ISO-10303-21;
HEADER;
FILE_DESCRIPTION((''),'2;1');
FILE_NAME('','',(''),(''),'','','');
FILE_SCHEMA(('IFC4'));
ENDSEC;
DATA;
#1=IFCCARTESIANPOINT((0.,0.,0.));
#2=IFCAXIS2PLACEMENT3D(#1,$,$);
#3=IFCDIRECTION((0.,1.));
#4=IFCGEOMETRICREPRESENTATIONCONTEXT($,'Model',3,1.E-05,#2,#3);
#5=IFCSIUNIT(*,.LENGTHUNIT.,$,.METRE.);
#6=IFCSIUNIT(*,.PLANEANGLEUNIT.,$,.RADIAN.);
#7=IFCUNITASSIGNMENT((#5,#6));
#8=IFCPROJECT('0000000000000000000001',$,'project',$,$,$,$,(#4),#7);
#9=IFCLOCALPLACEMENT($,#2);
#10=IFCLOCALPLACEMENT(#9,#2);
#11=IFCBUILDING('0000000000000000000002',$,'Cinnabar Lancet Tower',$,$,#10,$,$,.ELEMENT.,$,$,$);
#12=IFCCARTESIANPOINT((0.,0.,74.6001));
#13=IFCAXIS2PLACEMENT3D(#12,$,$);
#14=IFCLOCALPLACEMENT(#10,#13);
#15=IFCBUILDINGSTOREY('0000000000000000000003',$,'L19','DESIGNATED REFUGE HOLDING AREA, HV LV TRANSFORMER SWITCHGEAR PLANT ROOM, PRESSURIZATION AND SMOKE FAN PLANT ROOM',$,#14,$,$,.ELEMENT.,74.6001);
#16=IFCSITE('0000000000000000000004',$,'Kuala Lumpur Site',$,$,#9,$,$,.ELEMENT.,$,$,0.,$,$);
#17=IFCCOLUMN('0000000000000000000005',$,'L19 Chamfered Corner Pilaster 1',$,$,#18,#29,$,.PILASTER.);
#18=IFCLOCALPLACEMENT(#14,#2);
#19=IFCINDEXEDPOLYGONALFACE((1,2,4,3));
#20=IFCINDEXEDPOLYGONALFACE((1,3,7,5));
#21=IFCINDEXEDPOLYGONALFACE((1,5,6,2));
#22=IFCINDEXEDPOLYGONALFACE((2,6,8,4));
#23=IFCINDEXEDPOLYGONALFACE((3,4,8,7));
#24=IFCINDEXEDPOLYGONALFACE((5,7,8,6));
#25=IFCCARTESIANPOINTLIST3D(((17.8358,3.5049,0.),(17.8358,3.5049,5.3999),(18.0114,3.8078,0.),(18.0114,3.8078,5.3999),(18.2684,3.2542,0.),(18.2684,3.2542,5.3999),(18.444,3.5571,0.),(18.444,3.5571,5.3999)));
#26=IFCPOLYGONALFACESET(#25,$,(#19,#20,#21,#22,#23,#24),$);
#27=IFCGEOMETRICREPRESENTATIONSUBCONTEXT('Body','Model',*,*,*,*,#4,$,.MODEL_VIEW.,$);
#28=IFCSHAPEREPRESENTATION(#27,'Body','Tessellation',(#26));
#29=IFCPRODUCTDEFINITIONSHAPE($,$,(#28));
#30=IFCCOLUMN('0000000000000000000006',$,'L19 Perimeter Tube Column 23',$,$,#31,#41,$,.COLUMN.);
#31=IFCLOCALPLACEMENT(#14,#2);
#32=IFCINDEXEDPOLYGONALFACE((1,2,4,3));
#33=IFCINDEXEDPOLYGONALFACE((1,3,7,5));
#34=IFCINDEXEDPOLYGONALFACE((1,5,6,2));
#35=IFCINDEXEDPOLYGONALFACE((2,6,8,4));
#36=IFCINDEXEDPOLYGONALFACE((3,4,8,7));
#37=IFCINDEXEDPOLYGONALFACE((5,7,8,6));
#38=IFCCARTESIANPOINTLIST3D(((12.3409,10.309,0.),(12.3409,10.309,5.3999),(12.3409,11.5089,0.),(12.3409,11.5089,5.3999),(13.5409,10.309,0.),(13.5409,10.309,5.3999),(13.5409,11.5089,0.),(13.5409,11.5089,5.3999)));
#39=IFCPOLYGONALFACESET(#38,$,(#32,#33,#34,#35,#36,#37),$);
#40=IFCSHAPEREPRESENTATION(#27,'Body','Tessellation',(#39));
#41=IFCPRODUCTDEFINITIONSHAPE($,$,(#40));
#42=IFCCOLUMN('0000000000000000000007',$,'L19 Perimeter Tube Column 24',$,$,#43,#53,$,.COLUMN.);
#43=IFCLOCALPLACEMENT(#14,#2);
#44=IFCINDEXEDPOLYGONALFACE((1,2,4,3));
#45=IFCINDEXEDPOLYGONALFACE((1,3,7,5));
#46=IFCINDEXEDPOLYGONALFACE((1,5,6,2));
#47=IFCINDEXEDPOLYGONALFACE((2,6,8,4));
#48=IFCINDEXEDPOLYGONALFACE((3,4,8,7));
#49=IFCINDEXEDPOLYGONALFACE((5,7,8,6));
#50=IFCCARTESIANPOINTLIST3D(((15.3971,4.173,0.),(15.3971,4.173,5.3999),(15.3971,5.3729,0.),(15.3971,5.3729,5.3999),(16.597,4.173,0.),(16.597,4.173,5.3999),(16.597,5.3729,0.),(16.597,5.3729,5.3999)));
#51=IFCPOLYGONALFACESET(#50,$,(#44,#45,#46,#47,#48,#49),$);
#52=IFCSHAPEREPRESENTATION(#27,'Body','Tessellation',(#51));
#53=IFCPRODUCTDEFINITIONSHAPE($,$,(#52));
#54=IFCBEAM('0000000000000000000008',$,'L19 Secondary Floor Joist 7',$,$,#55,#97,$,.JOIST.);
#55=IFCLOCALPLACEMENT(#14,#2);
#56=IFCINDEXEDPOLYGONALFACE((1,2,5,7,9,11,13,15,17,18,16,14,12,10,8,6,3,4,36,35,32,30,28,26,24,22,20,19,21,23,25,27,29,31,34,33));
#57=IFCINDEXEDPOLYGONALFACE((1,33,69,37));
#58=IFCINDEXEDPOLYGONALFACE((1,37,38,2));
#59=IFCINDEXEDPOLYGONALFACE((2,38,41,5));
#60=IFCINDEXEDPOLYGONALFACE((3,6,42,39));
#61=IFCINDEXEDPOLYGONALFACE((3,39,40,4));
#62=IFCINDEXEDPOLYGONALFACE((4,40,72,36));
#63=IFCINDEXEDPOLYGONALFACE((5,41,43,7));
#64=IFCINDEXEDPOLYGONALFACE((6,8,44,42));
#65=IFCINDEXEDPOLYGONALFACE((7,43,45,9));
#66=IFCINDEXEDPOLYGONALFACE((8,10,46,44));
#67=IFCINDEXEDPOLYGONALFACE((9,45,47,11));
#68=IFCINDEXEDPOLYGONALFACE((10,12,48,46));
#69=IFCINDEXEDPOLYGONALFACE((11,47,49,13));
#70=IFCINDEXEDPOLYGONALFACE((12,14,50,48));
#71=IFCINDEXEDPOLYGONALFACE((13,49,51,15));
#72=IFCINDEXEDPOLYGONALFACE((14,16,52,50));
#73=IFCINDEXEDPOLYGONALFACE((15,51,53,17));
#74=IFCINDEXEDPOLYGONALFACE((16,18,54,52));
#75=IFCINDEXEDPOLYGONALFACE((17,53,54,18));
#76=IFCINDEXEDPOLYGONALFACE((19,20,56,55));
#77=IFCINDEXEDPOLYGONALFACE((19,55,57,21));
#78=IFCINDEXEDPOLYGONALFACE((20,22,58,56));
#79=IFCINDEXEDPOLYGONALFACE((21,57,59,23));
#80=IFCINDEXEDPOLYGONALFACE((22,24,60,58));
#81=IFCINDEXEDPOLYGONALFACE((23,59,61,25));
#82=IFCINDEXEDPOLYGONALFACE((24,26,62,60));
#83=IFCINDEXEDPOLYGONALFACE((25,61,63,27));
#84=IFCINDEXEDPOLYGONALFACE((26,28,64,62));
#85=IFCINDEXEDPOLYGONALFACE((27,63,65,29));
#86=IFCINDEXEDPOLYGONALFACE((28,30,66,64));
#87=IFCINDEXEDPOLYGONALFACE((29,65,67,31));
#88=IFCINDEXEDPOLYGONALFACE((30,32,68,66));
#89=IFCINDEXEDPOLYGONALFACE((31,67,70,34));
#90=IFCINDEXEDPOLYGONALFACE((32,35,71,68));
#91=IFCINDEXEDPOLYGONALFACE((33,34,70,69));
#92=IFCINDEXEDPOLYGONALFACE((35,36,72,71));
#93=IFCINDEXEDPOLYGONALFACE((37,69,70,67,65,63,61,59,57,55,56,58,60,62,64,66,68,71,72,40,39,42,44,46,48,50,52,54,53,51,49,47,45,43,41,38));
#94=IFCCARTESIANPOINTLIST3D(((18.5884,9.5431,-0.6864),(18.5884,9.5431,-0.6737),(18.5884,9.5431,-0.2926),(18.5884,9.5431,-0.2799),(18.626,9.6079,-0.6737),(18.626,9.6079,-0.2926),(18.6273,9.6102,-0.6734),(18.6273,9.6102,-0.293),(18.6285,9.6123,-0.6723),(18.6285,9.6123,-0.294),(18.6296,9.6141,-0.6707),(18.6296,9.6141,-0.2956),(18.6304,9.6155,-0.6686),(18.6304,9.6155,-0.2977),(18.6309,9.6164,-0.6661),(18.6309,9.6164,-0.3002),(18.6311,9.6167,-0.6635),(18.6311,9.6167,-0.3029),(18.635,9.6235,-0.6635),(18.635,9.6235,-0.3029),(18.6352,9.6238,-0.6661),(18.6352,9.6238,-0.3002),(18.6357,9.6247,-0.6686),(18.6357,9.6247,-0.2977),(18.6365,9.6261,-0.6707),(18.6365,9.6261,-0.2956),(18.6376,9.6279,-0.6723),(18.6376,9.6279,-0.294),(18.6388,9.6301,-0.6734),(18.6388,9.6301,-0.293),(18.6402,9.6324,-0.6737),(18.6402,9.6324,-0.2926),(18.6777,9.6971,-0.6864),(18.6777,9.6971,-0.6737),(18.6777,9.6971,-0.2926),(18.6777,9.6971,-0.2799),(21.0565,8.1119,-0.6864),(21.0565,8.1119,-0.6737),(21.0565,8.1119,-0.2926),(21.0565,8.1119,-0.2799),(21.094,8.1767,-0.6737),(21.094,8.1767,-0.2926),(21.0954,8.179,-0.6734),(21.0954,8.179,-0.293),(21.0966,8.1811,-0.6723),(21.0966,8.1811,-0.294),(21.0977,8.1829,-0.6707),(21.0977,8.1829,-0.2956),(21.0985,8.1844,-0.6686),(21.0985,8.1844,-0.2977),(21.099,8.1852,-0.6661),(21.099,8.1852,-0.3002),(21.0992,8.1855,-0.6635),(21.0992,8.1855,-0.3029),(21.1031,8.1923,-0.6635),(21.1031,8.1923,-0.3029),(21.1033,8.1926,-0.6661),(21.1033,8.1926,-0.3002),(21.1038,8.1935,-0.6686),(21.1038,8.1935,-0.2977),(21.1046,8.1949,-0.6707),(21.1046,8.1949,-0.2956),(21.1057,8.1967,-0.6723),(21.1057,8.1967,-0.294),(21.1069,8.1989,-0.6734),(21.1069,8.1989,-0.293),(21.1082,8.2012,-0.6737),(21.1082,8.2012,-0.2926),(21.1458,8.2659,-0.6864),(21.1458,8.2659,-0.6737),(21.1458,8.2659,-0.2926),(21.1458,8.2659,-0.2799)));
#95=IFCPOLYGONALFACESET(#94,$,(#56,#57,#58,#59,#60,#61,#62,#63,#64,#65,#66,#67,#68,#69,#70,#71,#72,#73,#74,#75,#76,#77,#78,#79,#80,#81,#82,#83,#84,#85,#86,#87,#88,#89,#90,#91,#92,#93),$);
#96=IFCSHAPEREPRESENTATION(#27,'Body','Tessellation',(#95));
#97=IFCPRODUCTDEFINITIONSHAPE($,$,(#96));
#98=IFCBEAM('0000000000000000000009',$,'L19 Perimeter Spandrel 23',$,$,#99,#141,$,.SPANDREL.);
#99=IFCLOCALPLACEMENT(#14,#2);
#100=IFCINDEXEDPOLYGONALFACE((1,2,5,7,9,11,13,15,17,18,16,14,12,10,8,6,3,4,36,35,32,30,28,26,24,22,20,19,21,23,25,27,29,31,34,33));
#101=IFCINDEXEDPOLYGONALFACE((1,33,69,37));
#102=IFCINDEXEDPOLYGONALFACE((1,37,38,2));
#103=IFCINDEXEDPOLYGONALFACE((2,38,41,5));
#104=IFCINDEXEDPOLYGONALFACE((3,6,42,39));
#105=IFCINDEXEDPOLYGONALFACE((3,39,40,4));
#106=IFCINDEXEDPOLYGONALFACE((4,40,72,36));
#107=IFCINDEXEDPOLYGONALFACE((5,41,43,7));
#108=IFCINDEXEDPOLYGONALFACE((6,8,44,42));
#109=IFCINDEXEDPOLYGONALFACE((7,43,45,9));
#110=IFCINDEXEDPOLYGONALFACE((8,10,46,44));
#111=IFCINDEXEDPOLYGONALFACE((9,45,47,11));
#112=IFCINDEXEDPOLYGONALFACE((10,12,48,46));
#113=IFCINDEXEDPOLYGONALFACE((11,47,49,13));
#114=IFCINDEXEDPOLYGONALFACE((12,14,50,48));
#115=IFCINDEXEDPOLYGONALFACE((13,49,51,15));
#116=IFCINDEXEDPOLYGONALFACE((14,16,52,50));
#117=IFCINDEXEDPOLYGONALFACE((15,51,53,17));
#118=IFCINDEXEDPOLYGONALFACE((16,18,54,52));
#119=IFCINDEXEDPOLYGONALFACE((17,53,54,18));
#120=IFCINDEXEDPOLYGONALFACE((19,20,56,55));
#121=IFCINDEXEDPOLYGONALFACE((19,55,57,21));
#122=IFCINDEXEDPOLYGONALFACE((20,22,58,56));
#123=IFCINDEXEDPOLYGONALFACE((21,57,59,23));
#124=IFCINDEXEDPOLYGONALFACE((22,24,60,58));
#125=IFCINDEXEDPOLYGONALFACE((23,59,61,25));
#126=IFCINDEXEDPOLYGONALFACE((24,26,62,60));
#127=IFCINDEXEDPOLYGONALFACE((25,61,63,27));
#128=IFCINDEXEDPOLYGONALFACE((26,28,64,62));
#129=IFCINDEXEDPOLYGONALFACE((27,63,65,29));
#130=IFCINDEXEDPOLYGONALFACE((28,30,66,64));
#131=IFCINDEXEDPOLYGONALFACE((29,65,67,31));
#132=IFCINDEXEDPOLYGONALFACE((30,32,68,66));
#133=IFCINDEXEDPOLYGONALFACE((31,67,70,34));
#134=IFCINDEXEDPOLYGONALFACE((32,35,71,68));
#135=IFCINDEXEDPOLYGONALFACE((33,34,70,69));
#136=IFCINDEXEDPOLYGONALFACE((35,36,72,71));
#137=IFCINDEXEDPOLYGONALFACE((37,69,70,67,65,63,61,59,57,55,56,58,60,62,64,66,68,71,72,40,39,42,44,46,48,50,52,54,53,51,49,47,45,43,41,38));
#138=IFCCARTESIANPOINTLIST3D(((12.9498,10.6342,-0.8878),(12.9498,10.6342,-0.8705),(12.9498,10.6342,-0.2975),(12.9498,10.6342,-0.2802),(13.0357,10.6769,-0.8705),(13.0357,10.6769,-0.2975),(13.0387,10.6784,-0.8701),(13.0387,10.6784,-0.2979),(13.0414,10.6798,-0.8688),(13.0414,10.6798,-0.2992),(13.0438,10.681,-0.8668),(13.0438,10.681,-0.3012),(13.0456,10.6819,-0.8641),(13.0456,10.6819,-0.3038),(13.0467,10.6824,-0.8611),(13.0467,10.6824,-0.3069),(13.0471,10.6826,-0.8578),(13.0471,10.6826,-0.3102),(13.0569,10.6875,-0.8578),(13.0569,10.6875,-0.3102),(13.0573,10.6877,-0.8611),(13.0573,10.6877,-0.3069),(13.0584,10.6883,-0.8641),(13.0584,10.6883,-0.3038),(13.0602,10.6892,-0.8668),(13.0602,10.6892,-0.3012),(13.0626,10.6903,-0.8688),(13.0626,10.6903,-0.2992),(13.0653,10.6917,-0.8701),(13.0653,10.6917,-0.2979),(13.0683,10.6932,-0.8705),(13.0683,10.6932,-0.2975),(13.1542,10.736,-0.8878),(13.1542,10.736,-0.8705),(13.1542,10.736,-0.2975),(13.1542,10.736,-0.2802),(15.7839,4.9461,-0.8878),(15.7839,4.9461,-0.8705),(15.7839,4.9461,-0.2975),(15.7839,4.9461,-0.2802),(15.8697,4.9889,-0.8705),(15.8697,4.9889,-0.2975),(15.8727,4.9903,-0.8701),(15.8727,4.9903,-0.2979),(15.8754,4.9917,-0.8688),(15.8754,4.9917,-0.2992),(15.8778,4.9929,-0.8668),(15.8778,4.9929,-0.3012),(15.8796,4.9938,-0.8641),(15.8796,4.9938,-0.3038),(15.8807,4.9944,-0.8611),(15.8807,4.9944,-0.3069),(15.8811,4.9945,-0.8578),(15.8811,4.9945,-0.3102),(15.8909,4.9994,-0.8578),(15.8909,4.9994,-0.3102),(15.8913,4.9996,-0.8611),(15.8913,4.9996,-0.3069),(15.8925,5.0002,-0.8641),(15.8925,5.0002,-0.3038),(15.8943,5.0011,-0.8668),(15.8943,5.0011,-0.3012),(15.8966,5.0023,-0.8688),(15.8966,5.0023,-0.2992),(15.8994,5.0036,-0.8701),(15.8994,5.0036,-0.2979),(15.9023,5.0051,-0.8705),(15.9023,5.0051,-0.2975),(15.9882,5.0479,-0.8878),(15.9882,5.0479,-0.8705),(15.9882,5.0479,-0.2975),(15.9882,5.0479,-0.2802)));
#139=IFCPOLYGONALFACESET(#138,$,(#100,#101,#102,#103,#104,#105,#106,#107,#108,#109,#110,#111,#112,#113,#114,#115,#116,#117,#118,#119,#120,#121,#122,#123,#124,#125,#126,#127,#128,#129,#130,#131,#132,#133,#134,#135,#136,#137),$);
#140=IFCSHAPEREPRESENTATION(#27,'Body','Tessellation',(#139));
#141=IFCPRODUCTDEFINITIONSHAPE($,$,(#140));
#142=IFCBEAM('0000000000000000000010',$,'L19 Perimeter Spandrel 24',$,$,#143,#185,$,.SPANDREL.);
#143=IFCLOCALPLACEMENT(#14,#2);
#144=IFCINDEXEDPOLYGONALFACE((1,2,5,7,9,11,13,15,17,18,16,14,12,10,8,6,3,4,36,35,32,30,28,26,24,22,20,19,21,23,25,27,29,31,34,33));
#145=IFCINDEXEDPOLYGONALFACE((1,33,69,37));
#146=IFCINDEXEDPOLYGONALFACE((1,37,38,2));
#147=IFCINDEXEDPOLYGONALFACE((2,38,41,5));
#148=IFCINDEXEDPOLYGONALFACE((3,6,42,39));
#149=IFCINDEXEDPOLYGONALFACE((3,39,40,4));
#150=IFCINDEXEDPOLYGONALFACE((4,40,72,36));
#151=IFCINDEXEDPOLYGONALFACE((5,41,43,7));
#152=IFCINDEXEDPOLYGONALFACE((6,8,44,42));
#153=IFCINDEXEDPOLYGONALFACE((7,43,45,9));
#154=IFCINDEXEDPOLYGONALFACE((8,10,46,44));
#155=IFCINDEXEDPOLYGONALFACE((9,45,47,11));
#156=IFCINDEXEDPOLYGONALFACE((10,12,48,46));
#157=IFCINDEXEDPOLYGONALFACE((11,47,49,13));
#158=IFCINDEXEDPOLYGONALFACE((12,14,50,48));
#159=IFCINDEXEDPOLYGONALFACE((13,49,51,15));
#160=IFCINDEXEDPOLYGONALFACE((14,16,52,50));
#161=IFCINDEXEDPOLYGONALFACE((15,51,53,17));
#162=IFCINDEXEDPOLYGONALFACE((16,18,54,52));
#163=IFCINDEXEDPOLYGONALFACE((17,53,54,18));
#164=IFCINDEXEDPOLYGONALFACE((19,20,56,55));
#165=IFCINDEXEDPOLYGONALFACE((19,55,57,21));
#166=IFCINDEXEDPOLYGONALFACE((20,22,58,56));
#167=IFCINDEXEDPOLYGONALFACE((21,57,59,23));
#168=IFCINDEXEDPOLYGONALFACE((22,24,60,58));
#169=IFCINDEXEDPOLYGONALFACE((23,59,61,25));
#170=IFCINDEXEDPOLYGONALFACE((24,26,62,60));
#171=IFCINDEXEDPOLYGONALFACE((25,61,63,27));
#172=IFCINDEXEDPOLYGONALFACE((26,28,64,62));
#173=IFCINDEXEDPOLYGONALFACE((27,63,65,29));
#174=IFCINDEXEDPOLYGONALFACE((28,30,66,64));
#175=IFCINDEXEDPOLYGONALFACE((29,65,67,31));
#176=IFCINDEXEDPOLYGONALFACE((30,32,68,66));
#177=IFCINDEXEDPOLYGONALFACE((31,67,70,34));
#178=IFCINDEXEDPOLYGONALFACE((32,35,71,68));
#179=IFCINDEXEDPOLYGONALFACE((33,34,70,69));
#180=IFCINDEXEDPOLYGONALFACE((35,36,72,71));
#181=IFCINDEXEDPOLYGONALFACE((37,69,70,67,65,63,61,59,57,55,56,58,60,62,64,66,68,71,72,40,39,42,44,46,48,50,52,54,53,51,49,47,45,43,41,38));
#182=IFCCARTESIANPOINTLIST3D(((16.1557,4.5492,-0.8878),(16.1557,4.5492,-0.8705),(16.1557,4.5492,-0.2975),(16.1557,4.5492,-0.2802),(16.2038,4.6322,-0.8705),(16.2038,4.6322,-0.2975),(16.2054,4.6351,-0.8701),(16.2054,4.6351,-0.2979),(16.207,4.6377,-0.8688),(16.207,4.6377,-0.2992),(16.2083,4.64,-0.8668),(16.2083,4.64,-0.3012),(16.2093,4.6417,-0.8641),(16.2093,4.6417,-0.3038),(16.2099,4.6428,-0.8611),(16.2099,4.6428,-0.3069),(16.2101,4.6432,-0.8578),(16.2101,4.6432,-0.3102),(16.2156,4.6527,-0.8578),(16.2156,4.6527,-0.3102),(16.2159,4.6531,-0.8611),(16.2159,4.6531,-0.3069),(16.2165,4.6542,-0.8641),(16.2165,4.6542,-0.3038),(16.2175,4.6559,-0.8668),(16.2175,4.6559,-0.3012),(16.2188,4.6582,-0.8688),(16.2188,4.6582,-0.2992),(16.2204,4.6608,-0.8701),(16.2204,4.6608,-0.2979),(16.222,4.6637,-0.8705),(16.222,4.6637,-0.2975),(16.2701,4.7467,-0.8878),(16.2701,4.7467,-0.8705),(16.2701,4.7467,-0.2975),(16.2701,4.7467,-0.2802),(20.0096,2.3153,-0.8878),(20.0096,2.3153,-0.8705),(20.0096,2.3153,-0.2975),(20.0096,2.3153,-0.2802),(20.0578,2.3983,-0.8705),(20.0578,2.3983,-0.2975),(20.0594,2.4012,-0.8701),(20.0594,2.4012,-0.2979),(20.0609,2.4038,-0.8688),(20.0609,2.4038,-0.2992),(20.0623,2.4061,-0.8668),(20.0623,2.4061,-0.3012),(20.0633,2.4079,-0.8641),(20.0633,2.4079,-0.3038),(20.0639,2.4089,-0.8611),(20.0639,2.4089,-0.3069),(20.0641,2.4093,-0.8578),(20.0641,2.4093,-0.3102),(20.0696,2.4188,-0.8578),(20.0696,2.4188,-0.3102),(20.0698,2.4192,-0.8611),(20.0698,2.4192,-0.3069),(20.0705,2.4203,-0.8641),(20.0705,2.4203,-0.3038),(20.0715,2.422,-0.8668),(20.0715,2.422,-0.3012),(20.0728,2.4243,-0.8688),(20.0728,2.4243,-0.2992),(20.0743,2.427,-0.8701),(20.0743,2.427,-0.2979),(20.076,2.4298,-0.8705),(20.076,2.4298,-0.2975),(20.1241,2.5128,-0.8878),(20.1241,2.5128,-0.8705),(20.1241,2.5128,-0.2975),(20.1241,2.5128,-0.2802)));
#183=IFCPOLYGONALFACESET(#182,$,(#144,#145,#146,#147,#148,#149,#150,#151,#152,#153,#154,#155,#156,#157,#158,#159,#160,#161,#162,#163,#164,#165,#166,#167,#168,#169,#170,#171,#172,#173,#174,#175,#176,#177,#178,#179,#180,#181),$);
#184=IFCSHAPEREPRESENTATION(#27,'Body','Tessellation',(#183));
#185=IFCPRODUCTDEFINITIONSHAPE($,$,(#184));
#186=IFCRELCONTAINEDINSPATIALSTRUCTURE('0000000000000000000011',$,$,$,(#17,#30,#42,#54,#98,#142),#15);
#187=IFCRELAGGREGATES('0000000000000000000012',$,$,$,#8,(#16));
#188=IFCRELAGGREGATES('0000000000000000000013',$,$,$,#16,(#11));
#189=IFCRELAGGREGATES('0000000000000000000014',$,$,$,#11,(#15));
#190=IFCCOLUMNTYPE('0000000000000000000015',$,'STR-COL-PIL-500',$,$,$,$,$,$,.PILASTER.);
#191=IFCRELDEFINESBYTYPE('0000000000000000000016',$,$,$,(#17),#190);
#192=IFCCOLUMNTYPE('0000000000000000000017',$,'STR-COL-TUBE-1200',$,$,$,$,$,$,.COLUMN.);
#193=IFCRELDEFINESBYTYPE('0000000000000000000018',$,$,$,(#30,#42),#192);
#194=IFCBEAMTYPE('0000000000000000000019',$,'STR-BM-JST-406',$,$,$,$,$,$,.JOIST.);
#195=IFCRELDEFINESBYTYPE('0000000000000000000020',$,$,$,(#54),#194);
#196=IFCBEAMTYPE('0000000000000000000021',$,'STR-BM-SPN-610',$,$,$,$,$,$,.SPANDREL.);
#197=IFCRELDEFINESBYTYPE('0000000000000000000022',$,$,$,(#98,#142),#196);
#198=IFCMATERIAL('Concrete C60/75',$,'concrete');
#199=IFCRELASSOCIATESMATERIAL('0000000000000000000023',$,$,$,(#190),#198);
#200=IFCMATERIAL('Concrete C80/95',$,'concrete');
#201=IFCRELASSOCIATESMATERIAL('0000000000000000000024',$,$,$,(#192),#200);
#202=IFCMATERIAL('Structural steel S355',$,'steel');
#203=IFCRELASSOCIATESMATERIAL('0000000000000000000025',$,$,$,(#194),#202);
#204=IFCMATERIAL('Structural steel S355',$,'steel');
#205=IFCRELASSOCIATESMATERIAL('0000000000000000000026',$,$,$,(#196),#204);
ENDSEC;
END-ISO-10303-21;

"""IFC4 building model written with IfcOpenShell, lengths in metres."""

from ifc_helpers import new_model, si_unit, direction, frame, origin, origin_2d, place, context, subcontext, project, spatial, rectangle, i_section, extrude, material, material_profile, profile_set, type_object, element, save


model = new_model("IFC4")

# Units and contexts
model_context = context("Model", 3, precision=1e-05, world=origin(), true_north=direction((0.0, 1.0)))
body_context = subcontext(model_context, "Body", "Model", "MODEL_VIEW")
ifc_project = project(units=[si_unit("LENGTHUNIT", "METRE"), si_unit("PLANEANGLEUNIT", "RADIAN")], contexts=[model_context])

# Site, building, storey
site_placement = place(None, origin())
site = spatial("IfcSite", under=ifc_project, at=site_placement, Name="Kuala Lumpur Site", CompositionType="ELEMENT", RefElevation=0.0)
building_placement = place(site_placement, origin())
building = spatial("IfcBuilding", under=site, at=building_placement, Name="Cinnabar Lancet Tower", CompositionType="ELEMENT")
storey_placement = place(building_placement, frame((0.0, 0.0, 74.6001)))
storey = spatial("IfcBuildingStorey", under=building, at=storey_placement, Name="L19", Description="DESIGNATED REFUGE HOLDING AREA, HV LV TRANSFORMER SWITCHGEAR PLANT ROOM, PRESSURIZATION AND SMOKE FAN PLANT ROOM", CompositionType="ELEMENT", Elevation=74.6001)

# Columns
ifc_material_1 = material(Name="Concrete C60/75", Category="concrete")
ifc_material_profile_1 = material_profile(ifc_material_1, rectangle(XDim=0.5, YDim=0.3501, at=origin_2d()), Name="RC-PIL 500x350")
ifc_profile_set_1 = profile_set([ifc_material_profile_1], Name="Concrete C60/75")
column_type_1 = type_object("IfcColumnType", Name="STR-COL-PIL-500", PredefinedType="PILASTER", material=ifc_profile_set_1)
column_placement = place(storey_placement, frame((18.1399, 3.531, 0.0), z_axis=(0.0, 0.0, 1.0), x_axis=(0.865195, -0.501435, 0.0)))
element("IfcColumn", 1, at=column_placement, inside=storey, type_object=column_type_1, Name="L19 Chamfered Corner Pilaster 1", PredefinedType="PILASTER", context=body_context, shape_type="SweptSolid", body=[
    extrude(rectangle(XDim=0.5, YDim=0.3501, at=origin_2d()), origin(), (0.0, 0.0, 1.0), 5.3999),
])
ifc_material_2 = material(Name="Concrete C80/95", Category="concrete")
ifc_material_profile_2 = material_profile(ifc_material_2, rectangle(XDim=1.2, YDim=1.2, at=origin_2d()), Name="RC-COL 1200x1200")
ifc_profile_set_2 = profile_set([ifc_material_profile_2], Name="Concrete C80/95")
column_type_2 = type_object("IfcColumnType", Name="STR-COL-TUBE-1200", PredefinedType="COLUMN", material=ifc_profile_set_2)
for number, where, z_axis, x_axis, name in (
    (2, (12.9409, 10.9089, 0.0), (0.0, 0.0, 1.0), (1.0, 0.0, 0.0), "L19 Perimeter Tube Column 23"),
    (3, (15.9971, 4.7729, 0.0), (0.0, 0.0, 1.0), (1.0, 0.0, 0.0), "L19 Perimeter Tube Column 24"),
):
    element("IfcColumn", number, at=place(storey_placement, frame(where, z_axis=z_axis, x_axis=x_axis)), inside=storey, type_object=column_type_2, Name=name, PredefinedType="COLUMN", context=body_context, shape_type="SweptSolid", body=[
        extrude(rectangle(XDim=1.2, YDim=1.2, at=origin_2d()), origin(), (0.0, 0.0, 1.0), 5.3999),
    ])

# Beams
ifc_material_3 = material(Name="Structural steel S355", Category="steel")
ifc_material_profile_3 = material_profile(ifc_material_3, i_section(OverallWidth=0.178, OverallDepth=0.4065, WebThickness=0.0078, FlangeThickness=0.0127, FilletRadius=0.0103, at=origin_2d()), Name="UKB 406x178x60")
ifc_profile_set_3 = profile_set([ifc_material_profile_3], Name="Structural steel S355")
beam_type_1 = type_object("IfcBeamType", Name="STR-BM-JST-406", PredefinedType="JOIST", material=ifc_profile_set_3)
beam_1_placement = place(storey_placement, frame((18.6331, 9.6201, -0.4832), z_axis=(0.865076, -0.50164, 0.0), x_axis=(0.50164, 0.865076, 0.0)))
element("IfcBeam", 4, at=beam_1_placement, inside=storey, type_object=beam_type_1, Name="L19 Secondary Floor Joist 7", PredefinedType="JOIST", context=body_context, shape_type="SweptSolid", body=[
    extrude(i_section(OverallWidth=0.178, OverallDepth=0.4065, WebThickness=0.0078, FlangeThickness=0.0127, FilletRadius=0.0103, at=origin_2d()), origin(), (0.0, 0.0, 1.0), 2.853),
])
ifc_material_4 = material(Name="Structural steel S355", Category="steel")
ifc_material_profile_4 = material_profile(ifc_material_4, i_section(OverallWidth=0.2283, OverallDepth=0.6077, WebThickness=0.011, FlangeThickness=0.0173, FilletRadius=0.0127, at=origin_2d()), Name="UKB 610x229x113")
ifc_profile_set_4 = profile_set([ifc_material_profile_4], Name="Structural steel S355")
beam_type_2 = type_object("IfcBeamType", Name="STR-BM-SPN-610", PredefinedType="SPANDREL", material=ifc_profile_set_4)
beam_2_placement = place(storey_placement, frame((13.052, 10.6851, -0.584), z_axis=(0.445953, -0.895056, 0.0), x_axis=(0.895056, 0.445953, 0.0)))
element("IfcBeam", 5, at=beam_2_placement, inside=storey, type_object=beam_type_2, Name="L19 Perimeter Spandrel 23", PredefinedType="SPANDREL", context=body_context, shape_type="SweptSolid", body=[
    extrude(i_section(OverallWidth=0.2283, OverallDepth=0.6077, WebThickness=0.011, FlangeThickness=0.0173, FilletRadius=0.0127, at=origin_2d()), origin(), (0.0, 0.0, 1.0), 6.355),
])
beam_3_placement = place(storey_placement, frame((16.2129, 4.6479, -0.584), z_axis=(0.865171, -0.501477, 0.0), x_axis=(0.501477, 0.865171, 0.0)))
element("IfcBeam", 6, at=beam_3_placement, inside=storey, type_object=beam_type_2, Name="L19 Perimeter Spandrel 24", PredefinedType="SPANDREL", context=body_context, shape_type="SweptSolid", body=[
    extrude(i_section(OverallWidth=0.2283, OverallDepth=0.6077, WebThickness=0.011, FlangeThickness=0.0173, FilletRadius=0.0127, at=origin_2d()), origin(), (0.0, 0.0, 1.0), 4.4546),
])

save(model, "model.ifc")
